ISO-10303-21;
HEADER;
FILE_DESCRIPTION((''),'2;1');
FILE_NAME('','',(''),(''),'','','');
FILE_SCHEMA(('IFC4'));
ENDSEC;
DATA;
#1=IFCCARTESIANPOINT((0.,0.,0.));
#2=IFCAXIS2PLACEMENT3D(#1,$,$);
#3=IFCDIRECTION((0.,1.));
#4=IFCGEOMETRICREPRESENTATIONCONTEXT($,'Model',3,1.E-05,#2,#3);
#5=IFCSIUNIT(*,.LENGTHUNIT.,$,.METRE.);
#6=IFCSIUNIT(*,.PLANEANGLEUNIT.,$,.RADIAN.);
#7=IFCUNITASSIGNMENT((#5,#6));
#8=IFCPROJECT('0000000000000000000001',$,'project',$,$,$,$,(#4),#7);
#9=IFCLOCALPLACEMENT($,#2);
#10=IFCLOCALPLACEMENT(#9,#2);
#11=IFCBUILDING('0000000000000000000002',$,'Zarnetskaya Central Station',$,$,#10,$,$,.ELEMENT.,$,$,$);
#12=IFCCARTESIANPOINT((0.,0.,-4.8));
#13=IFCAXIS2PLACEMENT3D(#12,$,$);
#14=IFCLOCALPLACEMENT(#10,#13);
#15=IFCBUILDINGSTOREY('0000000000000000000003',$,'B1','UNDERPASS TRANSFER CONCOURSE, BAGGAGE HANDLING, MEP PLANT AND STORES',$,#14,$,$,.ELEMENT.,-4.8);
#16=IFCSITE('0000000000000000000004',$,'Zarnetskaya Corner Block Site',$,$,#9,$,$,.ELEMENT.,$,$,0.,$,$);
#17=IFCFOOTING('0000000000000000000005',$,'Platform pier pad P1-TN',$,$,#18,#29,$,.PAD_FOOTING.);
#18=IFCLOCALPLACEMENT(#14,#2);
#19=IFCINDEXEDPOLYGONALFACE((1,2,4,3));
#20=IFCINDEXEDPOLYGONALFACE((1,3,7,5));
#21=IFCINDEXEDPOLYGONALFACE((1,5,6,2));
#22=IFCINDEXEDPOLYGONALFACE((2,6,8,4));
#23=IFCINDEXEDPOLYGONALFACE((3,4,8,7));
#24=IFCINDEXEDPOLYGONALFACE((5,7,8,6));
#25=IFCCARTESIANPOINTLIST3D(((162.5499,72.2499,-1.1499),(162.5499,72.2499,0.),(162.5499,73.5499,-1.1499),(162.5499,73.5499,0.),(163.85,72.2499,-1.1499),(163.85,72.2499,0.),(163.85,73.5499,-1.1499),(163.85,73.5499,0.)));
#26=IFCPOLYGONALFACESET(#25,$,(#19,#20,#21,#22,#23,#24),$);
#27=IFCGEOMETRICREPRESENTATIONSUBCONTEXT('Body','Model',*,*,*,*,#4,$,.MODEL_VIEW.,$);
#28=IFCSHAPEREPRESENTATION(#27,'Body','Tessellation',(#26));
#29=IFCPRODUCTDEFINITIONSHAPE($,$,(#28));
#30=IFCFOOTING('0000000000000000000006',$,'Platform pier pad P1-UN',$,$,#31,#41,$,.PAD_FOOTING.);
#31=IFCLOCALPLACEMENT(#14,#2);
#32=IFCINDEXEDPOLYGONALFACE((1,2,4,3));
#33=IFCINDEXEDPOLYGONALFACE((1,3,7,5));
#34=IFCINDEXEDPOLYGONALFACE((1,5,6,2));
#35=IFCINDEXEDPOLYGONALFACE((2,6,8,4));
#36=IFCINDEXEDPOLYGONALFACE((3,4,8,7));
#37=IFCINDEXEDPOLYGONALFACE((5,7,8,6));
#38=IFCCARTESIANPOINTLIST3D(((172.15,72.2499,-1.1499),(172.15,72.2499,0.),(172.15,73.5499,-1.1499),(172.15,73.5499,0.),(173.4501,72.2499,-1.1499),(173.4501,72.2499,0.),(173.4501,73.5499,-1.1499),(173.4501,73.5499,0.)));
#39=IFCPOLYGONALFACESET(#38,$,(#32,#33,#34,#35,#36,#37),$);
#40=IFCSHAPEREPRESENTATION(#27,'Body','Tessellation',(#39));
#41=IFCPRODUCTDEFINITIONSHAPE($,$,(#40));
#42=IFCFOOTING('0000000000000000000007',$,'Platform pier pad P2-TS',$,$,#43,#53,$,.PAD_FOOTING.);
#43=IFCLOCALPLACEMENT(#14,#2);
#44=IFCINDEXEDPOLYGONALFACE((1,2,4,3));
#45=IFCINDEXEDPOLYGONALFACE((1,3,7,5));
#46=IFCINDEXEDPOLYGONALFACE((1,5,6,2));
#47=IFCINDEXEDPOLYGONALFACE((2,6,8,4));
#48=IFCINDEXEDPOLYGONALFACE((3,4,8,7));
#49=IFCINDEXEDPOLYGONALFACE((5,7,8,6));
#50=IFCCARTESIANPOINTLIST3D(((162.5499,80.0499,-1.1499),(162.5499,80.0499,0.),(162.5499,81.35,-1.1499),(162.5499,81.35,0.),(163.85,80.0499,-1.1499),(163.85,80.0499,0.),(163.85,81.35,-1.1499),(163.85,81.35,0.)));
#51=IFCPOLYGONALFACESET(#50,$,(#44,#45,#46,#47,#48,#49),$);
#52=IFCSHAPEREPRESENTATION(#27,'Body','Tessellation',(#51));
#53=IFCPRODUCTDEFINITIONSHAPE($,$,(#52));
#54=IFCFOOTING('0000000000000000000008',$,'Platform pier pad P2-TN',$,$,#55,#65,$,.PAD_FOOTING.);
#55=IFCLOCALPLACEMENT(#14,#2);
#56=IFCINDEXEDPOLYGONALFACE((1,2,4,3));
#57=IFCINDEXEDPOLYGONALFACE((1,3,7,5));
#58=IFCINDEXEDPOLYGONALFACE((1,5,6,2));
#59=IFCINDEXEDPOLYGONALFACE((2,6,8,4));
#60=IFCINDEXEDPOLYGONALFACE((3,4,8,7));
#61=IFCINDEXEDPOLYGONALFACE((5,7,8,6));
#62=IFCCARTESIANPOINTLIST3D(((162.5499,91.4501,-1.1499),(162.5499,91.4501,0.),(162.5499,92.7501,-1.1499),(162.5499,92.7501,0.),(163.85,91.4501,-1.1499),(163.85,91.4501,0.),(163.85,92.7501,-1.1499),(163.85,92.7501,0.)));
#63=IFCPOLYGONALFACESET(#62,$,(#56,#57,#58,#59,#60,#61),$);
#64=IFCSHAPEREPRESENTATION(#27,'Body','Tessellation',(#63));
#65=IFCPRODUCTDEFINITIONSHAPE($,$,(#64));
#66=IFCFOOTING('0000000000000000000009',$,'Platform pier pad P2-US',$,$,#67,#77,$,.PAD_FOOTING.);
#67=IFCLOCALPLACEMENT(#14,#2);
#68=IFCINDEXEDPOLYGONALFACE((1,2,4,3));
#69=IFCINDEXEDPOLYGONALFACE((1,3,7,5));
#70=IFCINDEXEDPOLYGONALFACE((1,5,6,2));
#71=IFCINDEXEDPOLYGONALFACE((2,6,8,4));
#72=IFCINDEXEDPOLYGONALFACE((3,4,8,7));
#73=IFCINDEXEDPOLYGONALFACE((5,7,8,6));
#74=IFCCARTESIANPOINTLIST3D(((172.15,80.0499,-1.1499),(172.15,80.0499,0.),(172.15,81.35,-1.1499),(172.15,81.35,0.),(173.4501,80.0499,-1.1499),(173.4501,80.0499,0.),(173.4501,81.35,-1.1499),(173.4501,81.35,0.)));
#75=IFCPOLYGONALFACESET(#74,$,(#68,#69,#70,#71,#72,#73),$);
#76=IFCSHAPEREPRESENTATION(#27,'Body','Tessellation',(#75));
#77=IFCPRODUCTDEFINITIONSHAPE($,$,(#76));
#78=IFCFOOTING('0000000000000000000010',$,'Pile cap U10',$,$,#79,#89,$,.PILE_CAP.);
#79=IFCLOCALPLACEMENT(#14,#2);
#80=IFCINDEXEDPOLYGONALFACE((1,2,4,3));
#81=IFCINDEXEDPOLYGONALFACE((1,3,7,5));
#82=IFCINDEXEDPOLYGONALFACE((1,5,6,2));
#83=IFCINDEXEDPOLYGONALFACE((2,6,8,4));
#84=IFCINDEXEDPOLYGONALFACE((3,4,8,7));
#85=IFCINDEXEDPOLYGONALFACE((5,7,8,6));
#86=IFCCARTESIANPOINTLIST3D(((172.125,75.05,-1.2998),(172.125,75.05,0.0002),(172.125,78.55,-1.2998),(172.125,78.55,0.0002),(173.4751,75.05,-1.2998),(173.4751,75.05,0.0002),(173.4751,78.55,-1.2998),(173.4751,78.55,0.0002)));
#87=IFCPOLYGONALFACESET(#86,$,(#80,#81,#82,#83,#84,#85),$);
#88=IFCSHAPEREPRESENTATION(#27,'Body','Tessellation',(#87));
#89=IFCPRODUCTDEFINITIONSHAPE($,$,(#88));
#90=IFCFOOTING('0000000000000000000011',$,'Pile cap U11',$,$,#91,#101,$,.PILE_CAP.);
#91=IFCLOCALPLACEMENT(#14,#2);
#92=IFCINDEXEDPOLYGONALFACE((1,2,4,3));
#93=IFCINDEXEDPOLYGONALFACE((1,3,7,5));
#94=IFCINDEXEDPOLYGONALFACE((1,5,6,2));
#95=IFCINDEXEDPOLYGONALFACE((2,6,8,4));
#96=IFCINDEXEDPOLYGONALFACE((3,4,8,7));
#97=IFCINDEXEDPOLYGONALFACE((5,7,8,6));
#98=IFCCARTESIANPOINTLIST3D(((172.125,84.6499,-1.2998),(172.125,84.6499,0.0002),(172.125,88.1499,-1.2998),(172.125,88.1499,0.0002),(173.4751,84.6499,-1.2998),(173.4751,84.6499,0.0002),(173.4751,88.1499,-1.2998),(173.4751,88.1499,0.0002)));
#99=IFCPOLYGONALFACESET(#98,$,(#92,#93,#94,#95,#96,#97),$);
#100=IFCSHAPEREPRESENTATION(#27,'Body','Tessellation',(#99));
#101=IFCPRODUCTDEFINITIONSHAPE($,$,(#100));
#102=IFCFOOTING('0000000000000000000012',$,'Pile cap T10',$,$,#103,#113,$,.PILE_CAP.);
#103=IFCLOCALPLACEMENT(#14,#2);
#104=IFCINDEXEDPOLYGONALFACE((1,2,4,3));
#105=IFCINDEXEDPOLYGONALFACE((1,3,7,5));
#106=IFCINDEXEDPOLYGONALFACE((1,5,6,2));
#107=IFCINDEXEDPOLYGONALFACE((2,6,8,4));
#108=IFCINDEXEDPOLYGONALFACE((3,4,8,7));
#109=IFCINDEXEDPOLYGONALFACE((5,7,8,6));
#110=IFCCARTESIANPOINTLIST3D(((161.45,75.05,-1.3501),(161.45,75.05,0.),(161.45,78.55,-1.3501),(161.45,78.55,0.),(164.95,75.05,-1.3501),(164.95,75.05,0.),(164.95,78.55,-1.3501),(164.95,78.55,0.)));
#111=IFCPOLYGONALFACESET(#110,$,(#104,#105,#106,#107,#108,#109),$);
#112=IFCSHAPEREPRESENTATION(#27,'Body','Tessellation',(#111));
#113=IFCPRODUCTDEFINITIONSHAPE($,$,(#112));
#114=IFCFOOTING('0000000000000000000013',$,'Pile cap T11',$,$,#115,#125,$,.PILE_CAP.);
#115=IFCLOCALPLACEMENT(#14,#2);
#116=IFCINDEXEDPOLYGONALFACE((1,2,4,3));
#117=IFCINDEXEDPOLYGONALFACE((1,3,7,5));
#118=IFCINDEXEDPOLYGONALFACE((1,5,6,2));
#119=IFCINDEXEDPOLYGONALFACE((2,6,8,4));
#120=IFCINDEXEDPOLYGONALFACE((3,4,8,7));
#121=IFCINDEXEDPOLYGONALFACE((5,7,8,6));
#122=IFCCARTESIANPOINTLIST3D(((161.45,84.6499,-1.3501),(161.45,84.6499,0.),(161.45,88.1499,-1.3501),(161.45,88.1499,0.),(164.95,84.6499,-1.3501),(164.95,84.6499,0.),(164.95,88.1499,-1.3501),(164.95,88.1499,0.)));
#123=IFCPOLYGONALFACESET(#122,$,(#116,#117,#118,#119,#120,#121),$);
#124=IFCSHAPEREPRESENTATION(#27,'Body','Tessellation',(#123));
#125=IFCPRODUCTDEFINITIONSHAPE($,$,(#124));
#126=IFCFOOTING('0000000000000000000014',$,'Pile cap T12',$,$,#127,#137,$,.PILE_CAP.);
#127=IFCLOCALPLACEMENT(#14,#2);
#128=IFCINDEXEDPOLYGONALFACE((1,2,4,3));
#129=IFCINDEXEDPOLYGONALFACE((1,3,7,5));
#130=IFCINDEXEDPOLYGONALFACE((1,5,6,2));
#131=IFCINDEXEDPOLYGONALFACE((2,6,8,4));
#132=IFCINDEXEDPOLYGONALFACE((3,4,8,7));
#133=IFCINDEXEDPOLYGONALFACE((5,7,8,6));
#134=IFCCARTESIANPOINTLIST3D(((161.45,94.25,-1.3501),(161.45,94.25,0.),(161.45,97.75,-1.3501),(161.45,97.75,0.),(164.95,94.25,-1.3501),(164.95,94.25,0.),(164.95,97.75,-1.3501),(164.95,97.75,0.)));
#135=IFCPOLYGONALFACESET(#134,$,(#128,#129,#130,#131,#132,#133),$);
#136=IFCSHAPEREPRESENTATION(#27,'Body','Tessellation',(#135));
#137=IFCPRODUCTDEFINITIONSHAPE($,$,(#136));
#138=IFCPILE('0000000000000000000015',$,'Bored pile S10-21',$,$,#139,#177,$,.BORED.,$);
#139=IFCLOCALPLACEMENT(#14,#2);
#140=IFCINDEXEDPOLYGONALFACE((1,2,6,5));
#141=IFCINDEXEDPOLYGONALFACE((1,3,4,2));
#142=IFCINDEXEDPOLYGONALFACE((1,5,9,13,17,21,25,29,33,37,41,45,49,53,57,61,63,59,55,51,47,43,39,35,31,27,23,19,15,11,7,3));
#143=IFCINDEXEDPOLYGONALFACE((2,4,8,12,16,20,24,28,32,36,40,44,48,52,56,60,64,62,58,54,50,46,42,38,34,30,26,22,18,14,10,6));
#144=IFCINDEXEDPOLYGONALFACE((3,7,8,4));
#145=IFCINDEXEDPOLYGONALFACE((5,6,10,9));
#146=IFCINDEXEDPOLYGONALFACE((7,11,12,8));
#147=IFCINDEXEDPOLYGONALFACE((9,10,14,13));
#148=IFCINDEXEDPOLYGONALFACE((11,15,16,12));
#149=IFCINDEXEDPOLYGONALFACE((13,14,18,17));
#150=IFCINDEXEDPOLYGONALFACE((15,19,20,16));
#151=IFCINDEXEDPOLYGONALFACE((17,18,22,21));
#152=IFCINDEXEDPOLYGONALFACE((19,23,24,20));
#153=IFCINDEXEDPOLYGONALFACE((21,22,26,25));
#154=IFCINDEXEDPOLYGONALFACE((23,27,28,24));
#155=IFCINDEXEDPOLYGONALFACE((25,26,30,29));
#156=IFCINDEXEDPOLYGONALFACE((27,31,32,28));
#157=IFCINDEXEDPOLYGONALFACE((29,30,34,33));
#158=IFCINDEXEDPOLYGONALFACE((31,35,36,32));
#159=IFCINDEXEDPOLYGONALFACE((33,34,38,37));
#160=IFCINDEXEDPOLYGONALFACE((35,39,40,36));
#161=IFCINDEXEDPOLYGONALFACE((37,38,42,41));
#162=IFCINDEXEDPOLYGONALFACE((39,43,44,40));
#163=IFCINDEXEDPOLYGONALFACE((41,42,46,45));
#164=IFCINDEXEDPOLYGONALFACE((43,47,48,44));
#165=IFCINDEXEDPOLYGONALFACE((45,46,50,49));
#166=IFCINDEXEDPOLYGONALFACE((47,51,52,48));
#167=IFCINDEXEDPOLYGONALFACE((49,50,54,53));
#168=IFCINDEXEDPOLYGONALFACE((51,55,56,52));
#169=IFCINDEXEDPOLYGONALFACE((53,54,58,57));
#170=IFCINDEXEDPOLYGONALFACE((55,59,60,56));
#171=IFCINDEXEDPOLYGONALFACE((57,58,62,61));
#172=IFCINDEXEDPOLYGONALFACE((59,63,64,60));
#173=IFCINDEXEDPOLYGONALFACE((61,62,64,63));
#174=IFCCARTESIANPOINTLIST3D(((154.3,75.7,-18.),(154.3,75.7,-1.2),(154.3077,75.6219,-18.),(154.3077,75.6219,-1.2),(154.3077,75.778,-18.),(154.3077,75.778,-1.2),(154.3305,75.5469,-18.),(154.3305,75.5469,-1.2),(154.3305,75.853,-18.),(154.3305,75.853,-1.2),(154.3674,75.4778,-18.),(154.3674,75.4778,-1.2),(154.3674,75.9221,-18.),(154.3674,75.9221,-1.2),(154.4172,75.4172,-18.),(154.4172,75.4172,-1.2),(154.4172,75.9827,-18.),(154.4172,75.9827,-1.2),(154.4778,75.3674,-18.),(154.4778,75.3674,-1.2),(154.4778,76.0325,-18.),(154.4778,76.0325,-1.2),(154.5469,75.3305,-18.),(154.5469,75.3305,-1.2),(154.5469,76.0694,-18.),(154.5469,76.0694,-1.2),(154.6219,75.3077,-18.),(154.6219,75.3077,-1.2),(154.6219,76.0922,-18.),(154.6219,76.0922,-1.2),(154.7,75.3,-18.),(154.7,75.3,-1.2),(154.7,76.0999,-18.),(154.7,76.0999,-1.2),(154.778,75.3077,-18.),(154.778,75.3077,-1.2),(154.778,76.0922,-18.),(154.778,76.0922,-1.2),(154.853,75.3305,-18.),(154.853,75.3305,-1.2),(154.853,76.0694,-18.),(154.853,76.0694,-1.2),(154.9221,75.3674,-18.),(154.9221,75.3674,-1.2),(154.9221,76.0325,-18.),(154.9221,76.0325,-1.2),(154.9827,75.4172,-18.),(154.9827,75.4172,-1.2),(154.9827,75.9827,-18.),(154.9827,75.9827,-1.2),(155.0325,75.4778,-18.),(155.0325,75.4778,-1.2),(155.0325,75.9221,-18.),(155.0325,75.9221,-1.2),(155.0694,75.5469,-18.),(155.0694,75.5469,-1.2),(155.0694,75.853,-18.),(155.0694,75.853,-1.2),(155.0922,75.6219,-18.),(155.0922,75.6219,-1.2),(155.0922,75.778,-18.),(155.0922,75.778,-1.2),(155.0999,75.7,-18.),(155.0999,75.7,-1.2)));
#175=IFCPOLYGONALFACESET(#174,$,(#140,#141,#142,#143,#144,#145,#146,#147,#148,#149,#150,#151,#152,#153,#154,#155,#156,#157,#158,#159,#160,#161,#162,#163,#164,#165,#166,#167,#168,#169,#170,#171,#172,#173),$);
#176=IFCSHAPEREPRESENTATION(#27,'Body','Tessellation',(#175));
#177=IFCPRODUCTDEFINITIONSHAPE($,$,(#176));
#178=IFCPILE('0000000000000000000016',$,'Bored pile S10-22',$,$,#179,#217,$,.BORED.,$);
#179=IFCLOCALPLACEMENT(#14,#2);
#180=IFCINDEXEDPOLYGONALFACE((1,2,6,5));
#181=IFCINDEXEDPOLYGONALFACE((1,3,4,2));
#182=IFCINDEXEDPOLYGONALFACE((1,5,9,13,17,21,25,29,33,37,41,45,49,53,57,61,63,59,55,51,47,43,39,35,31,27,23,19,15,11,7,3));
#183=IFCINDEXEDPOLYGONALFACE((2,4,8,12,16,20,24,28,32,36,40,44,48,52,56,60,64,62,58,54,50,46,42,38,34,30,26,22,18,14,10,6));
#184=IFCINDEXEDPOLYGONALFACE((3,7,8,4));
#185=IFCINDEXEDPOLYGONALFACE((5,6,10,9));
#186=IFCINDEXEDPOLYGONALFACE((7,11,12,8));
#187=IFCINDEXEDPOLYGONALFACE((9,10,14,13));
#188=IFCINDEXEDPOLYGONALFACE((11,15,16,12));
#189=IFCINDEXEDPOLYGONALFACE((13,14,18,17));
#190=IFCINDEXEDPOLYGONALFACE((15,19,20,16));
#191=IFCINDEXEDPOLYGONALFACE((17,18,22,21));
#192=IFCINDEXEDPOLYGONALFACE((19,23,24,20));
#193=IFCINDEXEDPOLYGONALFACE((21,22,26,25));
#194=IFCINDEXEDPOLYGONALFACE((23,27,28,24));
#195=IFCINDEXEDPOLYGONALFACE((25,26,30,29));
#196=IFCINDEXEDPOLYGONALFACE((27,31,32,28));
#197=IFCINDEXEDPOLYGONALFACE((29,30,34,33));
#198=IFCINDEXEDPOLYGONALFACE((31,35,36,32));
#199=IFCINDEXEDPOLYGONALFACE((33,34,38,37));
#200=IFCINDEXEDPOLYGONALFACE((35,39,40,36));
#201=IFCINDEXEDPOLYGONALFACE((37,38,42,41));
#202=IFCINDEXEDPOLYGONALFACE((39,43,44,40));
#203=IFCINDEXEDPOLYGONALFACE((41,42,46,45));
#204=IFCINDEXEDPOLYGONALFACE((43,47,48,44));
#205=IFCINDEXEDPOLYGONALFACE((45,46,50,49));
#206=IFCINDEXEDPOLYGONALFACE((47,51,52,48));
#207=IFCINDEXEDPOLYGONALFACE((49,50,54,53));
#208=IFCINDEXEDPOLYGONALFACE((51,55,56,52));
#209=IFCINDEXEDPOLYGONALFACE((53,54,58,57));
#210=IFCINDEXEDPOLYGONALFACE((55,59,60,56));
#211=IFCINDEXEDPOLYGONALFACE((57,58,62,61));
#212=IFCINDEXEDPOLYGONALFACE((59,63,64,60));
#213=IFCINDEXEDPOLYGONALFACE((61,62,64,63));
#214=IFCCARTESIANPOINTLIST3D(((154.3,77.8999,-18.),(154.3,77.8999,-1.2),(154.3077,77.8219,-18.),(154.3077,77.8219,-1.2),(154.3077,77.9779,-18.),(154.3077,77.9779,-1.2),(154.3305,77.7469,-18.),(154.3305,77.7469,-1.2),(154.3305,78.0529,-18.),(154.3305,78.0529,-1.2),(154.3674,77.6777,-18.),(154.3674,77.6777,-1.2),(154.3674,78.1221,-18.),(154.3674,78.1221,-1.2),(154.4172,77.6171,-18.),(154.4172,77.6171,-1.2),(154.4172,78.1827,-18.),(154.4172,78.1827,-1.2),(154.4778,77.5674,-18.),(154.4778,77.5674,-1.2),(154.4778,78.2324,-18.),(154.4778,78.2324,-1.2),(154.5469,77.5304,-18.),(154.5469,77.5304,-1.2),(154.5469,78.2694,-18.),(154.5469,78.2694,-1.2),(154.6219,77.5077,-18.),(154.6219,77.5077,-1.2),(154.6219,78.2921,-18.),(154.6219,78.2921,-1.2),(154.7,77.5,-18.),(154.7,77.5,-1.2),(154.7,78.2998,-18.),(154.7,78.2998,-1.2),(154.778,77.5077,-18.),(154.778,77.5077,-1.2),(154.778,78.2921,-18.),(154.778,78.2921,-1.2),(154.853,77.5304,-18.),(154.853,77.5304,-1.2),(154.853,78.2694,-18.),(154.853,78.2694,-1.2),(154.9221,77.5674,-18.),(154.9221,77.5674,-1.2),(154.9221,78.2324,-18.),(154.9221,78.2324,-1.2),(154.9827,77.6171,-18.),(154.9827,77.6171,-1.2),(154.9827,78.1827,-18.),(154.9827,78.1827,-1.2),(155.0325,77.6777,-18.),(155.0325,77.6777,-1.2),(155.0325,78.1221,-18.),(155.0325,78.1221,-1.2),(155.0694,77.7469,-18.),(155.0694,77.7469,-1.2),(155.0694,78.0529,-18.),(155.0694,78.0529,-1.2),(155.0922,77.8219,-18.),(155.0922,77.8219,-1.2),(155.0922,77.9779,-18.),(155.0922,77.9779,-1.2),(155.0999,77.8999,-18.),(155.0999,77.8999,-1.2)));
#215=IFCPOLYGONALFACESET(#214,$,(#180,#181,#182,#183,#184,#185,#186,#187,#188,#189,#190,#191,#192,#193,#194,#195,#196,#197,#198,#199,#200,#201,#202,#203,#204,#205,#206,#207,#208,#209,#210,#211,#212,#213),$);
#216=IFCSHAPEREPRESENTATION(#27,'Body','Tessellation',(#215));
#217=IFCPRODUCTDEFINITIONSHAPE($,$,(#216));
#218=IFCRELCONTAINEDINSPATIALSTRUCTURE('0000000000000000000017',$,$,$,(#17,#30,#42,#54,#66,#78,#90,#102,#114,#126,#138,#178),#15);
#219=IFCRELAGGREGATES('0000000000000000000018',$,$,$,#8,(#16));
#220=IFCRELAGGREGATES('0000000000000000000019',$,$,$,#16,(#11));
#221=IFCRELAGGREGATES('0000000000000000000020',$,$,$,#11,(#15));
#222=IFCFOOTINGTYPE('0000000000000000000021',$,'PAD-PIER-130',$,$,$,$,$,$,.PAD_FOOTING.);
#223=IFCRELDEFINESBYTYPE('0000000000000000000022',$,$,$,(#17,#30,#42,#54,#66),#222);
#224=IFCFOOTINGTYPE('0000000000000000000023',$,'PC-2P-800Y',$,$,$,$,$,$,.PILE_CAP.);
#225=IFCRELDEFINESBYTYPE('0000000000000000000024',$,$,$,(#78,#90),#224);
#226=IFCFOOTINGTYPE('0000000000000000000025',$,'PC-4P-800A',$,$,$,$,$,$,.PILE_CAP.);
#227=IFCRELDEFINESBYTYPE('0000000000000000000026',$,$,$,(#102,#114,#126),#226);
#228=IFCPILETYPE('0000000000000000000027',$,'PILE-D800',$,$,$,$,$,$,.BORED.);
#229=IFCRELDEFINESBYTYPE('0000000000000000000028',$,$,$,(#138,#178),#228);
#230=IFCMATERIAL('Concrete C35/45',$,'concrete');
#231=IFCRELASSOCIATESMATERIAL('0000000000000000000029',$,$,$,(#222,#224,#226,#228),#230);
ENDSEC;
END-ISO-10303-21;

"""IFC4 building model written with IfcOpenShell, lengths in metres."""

from ifc_helpers import new_model, si_unit, direction, frame, origin, origin_2d, place, context, subcontext, project, spatial, rectangle, circle, extrude, material, material_profile, profile_set, type_object, element, save


model = new_model("IFC4")

# Units and contexts
model_context = context("Model", 3, precision=1e-05, world=origin(), true_north=direction((0.0, 1.0)))
body_context = subcontext(model_context, "Body", "Model", "MODEL_VIEW")
ifc_project = project(units=[si_unit("LENGTHUNIT", "METRE"), si_unit("PLANEANGLEUNIT", "RADIAN")], contexts=[model_context])

# Site, building, storey
site_placement = place(None, origin())
site = spatial("IfcSite", under=ifc_project, at=site_placement, Name="Zarnetskaya Corner Block Site", CompositionType="ELEMENT", RefElevation=0.0)
building_placement = place(site_placement, origin())
building = spatial("IfcBuilding", under=site, at=building_placement, Name="Zarnetskaya Central Station", CompositionType="ELEMENT")
storey_placement = place(building_placement, frame((0.0, 0.0, -4.8)))
storey = spatial("IfcBuildingStorey", under=building, at=storey_placement, Name="B1", Description="UNDERPASS TRANSFER CONCOURSE, BAGGAGE HANDLING, MEP PLANT AND STORES", CompositionType="ELEMENT", Elevation=-4.8)

# Footings
ifc_material = material(Name="Concrete C35/45", Category="concrete")
footing_type_1 = type_object("IfcFootingType", Name="PAD-PIER-130", PredefinedType="PAD_FOOTING", material=ifc_material)
for number, where, z_axis, x_axis, name in (
    (1, (163.2, 72.8999, -1.1499), (0.0, 0.0, 1.0), (1.0, 0.0, 0.0), "Platform pier pad P1-TN"),
    (2, (172.8, 72.8999, -1.1499), (0.0, 0.0, 1.0), (1.0, 0.0, 0.0), "Platform pier pad P1-UN"),
    (3, (163.2, 80.7, -1.1499), (0.0, 0.0, 1.0), (1.0, 0.0, 0.0), "Platform pier pad P2-TS"),
    (4, (163.2, 92.1001, -1.1499), (0.0, 0.0, 1.0), (1.0, 0.0, 0.0), "Platform pier pad P2-TN"),
    (5, (172.8, 80.7, -1.1499), (0.0, 0.0, 1.0), (1.0, 0.0, 0.0), "Platform pier pad P2-US"),
):
    element("IfcFooting", number, at=place(storey_placement, frame(where, z_axis=z_axis, x_axis=x_axis)), inside=storey, type_object=footing_type_1, Name=name, PredefinedType="PAD_FOOTING", context=body_context, shape_type="SweptSolid", body=[
        extrude(rectangle(XDim=1.3, YDim=1.3, at=origin_2d()), origin(), (0.0, 0.0, 1.0), 1.1499),
    ])
footing_type_2 = type_object("IfcFootingType", Name="PC-2P-800Y", PredefinedType="PILE_CAP", material=ifc_material)
for number, where, z_axis, x_axis, name in (
    (6, (172.8, 76.8, -1.2998), (0.0, 0.0, 1.0), (1.0, 0.0, 0.0), "Pile cap U10"),
    (7, (172.8, 86.3999, -1.2998), (0.0, 0.0, 1.0), (1.0, 0.0, 0.0), "Pile cap U11"),
):
    element("IfcFooting", number, at=place(storey_placement, frame(where, z_axis=z_axis, x_axis=x_axis)), inside=storey, type_object=footing_type_2, Name=name, PredefinedType="PILE_CAP", context=body_context, shape_type="SweptSolid", body=[
        extrude(rectangle(XDim=1.3501, YDim=3.5, at=origin_2d()), origin(), (0.0, 0.0, 1.0), 1.3),
    ])
footing_type_3 = type_object("IfcFootingType", Name="PC-4P-800A", PredefinedType="PILE_CAP", material=ifc_material)
for number, where, z_axis, x_axis, name in (
    (8, (163.2, 76.8, -1.3501), (0.0, 0.0, 1.0), (1.0, 0.0, 0.0), "Pile cap T10"),
    (9, (163.2, 86.3999, -1.3501), (0.0, 0.0, 1.0), (1.0, 0.0, 0.0), "Pile cap T11"),
    (10, (163.2, 96.0, -1.3501), (0.0, 0.0, 1.0), (1.0, 0.0, 0.0), "Pile cap T12"),
):
    element("IfcFooting", number, at=place(storey_placement, frame(where, z_axis=z_axis, x_axis=x_axis)), inside=storey, type_object=footing_type_3, Name=name, PredefinedType="PILE_CAP", context=body_context, shape_type="SweptSolid", body=[
        extrude(rectangle(XDim=3.5, YDim=3.5, at=origin_2d()), origin(), (0.0, 0.0, 1.0), 1.3501),
    ])

# Piles
ifc_material_profile_1 = material_profile(ifc_material, circle(Radius=0.3999, at=origin_2d()), Name="BORED PILE D800")
ifc_profile_set_1 = profile_set([ifc_material_profile_1], Name="Concrete C35/45")
pile_type = type_object("IfcPileType", Name="PILE-D800", PredefinedType="BORED", material=ifc_profile_set_1)
for number, where, z_axis, x_axis, name in (
    (11, (154.7, 75.7, -1.2), (0.0, 0.0, -1.0), (1.0, 0.0, 0.0), "Bored pile S10-21"),
    (12, (154.7, 77.8999, -1.2), (0.0, 0.0, -1.0), (1.0, 0.0, 0.0), "Bored pile S10-22"),
):
    element("IfcPile", number, at=place(storey_placement, frame(where, z_axis=z_axis, x_axis=x_axis)), inside=storey, type_object=pile_type, Name=name, PredefinedType="BORED", context=body_context, shape_type="SweptSolid", body=[
        extrude(circle(Radius=0.3999, at=origin_2d()), origin(), (0.0, 0.0, 1.0), 16.8),
    ])

save(model, "model.ifc")
